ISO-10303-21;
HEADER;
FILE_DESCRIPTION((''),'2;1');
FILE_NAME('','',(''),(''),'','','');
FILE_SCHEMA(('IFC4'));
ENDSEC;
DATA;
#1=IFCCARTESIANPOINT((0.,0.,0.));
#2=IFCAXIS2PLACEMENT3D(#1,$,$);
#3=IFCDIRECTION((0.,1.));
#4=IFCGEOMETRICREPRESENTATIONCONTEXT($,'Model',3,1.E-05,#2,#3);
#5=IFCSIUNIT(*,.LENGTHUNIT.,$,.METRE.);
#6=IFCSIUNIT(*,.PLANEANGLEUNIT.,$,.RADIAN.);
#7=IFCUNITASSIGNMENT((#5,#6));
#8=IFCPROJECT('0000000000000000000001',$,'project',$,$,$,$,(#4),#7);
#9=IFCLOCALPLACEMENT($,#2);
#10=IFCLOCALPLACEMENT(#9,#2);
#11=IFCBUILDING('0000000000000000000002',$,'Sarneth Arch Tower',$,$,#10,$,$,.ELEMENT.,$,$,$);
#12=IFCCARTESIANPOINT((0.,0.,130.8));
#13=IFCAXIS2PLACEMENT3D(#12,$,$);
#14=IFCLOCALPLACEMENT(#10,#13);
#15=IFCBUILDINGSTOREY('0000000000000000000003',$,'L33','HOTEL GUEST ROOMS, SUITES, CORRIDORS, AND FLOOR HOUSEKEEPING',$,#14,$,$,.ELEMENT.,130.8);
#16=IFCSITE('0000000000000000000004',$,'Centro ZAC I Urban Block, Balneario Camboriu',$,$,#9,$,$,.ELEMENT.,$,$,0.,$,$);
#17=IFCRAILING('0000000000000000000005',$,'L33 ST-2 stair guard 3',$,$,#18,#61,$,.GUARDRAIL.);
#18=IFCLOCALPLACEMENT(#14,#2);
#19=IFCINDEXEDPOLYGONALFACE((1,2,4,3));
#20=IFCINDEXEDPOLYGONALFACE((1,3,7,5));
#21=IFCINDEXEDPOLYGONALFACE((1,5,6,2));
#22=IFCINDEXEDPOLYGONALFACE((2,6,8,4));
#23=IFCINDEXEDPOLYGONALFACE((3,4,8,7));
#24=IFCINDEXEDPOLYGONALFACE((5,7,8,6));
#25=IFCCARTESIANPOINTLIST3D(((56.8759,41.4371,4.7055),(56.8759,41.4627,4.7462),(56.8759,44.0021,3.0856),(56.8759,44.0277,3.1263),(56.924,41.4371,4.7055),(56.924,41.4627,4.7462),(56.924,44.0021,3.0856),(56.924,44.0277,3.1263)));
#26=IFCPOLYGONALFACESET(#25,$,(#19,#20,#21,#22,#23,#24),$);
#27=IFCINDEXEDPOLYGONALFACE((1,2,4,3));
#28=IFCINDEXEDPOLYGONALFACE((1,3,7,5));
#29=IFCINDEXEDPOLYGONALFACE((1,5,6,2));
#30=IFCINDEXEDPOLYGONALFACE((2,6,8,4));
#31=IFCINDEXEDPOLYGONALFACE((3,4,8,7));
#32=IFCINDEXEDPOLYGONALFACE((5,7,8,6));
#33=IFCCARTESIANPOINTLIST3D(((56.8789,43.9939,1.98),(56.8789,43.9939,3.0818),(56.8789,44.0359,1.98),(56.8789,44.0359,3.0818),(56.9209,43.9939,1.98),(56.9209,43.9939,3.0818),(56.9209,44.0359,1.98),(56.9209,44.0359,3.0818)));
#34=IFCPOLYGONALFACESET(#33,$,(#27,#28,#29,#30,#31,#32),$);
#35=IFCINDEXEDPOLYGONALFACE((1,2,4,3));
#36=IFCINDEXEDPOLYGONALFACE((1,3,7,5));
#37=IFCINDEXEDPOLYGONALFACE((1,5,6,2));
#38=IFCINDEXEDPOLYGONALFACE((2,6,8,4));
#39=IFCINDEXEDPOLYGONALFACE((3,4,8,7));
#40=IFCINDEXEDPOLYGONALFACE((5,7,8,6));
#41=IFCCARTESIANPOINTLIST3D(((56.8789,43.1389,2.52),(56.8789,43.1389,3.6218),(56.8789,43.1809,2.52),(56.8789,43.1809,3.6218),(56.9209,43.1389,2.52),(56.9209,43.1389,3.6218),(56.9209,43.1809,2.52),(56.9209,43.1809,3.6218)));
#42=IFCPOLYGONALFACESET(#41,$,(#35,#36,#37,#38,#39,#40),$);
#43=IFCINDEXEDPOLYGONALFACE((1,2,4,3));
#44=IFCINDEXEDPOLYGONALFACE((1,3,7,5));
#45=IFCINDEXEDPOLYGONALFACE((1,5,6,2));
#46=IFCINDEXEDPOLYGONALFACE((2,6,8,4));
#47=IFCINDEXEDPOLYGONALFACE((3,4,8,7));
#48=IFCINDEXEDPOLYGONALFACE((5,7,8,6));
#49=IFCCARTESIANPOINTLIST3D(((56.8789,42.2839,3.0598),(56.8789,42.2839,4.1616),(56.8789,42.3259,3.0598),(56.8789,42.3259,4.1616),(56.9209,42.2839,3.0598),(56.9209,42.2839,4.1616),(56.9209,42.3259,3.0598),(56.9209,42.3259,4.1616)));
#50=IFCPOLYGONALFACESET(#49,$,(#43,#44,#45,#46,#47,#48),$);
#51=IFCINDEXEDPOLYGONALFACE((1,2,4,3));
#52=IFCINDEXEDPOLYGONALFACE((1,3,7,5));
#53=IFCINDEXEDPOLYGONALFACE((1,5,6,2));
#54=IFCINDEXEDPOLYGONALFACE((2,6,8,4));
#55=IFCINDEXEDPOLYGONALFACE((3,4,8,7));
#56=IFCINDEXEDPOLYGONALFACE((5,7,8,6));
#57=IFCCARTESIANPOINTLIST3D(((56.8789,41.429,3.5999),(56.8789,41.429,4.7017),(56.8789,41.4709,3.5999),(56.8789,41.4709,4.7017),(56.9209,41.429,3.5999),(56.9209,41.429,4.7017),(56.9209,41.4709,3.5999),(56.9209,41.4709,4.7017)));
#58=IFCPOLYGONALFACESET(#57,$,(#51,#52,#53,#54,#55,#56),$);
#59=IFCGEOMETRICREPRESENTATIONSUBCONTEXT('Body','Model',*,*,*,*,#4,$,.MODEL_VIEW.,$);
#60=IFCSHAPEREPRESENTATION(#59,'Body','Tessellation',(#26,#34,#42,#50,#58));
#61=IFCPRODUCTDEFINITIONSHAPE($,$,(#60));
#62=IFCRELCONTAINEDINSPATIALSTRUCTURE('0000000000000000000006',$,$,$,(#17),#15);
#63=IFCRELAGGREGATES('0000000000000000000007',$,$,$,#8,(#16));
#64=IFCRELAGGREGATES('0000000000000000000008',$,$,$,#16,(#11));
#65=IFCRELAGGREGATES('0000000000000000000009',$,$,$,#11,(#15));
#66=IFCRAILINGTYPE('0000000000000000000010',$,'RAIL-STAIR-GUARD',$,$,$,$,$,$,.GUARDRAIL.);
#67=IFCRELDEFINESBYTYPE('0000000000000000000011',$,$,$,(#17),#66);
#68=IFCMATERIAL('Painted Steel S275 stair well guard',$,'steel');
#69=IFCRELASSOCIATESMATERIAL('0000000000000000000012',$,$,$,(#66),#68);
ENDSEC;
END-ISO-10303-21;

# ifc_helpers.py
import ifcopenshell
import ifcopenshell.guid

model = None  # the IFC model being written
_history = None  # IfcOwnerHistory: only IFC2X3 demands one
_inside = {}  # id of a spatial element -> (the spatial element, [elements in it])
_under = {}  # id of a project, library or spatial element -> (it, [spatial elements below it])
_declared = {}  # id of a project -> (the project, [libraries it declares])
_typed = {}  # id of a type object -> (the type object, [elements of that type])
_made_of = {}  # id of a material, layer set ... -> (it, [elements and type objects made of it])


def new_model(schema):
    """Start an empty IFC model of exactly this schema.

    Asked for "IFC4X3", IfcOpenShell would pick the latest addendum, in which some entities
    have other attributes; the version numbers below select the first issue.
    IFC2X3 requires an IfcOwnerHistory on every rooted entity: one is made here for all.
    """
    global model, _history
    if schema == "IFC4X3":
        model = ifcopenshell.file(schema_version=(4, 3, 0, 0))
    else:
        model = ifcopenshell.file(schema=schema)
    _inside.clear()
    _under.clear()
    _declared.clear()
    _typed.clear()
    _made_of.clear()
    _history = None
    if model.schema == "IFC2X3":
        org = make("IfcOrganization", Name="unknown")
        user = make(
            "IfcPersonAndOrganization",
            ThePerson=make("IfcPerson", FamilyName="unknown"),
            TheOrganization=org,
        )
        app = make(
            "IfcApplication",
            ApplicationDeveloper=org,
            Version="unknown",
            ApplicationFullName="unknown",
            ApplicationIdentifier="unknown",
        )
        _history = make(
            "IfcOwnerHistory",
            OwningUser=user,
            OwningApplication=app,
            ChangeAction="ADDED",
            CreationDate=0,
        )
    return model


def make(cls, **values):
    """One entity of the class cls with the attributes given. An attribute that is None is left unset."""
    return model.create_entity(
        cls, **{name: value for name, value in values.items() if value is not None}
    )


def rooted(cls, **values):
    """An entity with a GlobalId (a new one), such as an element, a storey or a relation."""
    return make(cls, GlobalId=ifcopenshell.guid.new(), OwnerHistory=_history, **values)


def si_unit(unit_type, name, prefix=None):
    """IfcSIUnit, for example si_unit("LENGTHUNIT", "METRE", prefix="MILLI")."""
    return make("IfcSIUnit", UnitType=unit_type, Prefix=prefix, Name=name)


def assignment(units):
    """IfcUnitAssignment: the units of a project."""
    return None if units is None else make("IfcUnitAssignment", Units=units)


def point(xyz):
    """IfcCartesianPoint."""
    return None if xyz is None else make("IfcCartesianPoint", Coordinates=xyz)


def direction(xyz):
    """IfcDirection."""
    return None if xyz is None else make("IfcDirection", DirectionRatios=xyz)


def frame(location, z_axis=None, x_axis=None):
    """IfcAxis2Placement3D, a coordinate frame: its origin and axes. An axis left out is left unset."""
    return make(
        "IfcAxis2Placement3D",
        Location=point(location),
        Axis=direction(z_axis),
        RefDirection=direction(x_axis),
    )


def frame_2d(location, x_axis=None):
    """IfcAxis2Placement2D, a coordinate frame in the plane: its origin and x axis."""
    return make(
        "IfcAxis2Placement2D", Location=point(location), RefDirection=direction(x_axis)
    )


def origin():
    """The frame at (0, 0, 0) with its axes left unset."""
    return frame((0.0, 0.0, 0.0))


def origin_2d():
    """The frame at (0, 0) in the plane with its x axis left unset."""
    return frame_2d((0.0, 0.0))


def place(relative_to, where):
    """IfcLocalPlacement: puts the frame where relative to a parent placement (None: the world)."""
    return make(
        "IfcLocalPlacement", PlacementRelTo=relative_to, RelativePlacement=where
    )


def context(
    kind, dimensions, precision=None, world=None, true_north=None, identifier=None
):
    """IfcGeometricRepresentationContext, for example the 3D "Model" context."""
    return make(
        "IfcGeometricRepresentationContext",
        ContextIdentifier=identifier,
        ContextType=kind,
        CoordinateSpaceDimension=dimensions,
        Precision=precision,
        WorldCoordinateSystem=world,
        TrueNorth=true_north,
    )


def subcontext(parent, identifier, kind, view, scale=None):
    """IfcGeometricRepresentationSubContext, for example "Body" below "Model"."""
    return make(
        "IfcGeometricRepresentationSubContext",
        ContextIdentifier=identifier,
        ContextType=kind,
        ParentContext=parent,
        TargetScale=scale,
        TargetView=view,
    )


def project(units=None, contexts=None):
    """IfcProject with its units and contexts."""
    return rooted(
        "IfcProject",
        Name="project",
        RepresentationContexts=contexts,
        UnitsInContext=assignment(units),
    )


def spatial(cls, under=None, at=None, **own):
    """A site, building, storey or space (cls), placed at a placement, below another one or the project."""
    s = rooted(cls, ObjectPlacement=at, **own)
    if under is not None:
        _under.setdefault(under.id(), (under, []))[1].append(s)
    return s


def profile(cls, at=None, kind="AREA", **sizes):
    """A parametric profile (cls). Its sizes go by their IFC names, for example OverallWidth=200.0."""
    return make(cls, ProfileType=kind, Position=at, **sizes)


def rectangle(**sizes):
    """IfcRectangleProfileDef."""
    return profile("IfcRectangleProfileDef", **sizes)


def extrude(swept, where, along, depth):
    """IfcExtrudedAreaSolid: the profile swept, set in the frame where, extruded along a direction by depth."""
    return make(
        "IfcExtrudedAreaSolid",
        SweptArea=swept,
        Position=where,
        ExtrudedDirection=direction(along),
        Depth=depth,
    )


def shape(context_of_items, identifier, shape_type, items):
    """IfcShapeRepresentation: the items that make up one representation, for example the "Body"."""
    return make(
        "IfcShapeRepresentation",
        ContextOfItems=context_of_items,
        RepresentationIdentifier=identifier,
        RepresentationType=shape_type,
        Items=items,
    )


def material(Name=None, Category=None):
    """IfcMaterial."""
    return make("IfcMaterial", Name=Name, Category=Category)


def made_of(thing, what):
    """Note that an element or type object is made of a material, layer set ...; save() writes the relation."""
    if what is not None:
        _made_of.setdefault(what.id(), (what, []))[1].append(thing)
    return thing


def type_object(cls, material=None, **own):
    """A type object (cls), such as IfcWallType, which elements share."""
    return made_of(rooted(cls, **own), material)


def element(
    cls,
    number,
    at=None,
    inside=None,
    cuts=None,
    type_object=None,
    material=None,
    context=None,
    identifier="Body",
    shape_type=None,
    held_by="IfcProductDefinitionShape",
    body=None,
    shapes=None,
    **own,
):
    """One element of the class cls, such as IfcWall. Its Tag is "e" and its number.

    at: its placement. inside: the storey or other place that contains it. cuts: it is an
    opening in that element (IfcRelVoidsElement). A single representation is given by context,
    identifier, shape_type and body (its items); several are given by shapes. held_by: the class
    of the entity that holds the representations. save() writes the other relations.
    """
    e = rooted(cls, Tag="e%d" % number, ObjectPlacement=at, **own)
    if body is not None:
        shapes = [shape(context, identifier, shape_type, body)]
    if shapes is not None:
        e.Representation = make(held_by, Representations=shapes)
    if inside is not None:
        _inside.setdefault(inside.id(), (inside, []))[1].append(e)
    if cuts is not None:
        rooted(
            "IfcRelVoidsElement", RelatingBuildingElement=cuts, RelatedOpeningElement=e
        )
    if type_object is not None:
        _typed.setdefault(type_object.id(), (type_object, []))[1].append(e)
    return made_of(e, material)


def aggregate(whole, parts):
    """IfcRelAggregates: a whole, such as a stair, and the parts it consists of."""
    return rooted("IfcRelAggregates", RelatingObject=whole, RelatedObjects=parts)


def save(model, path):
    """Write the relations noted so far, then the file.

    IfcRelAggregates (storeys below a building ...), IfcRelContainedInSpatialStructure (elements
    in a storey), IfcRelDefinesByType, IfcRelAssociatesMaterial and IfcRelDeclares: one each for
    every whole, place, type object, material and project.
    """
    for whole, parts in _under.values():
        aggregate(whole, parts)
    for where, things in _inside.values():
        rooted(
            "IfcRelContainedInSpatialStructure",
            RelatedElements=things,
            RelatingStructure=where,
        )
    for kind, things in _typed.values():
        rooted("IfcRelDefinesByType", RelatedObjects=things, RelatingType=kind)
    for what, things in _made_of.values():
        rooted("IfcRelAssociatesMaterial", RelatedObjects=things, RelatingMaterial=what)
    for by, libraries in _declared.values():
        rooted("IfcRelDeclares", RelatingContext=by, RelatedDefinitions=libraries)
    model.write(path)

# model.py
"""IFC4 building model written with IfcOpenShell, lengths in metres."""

from ifc_helpers import new_model, si_unit, direction, frame, origin, origin_2d, place, context, subcontext, project, spatial, rectangle, extrude, material, type_object, element, save


model = new_model("IFC4")

# Units and contexts
model_context = context("Model", 3, precision=1e-05, world=origin(), true_north=direction((0.0, 1.0)))
body_context = subcontext(model_context, "Body", "Model", "MODEL_VIEW")
ifc_project = project(units=[si_unit("LENGTHUNIT", "METRE"), si_unit("PLANEANGLEUNIT", "RADIAN")], contexts=[model_context])

# Site, building, storey
site_placement = place(None, origin())
site = spatial("IfcSite", under=ifc_project, at=site_placement, Name="Centro ZAC I Urban Block, Balneario Camboriu", CompositionType="ELEMENT", RefElevation=0.0)
building_placement = place(site_placement, origin())
building = spatial("IfcBuilding", under=site, at=building_placement, Name="Sarneth Arch Tower", CompositionType="ELEMENT")
storey_placement = place(building_placement, frame((0.0, 0.0, 130.8)))
storey = spatial("IfcBuildingStorey", under=building, at=storey_placement, Name="L33", Description="HOTEL GUEST ROOMS, SUITES, CORRIDORS, AND FLOOR HOUSEKEEPING", CompositionType="ELEMENT", Elevation=130.8)

# Railing
ifc_material_1 = material(Name="Painted Steel S275 stair well guard", Category="steel")
railing_type_1 = type_object("IfcRailingType", Name="RAIL-STAIR-GUARD", PredefinedType="GUARDRAIL", material=ifc_material_1)
railing_1_placement = place(storey_placement, frame((56.8999, 44.0149, 1.98)))
element("IfcRailing", 1, at=railing_1_placement, inside=storey, type_object=railing_type_1, Name="L33 ST-2 stair guard 3", PredefinedType="GUARDRAIL", context=body_context, shape_type="SweptSolid", body=[
    extrude(rectangle(XDim=0.0481, YDim=0.0481, at=origin_2d()), frame((0.0, 0.0, 1.126), z_axis=(0.0, -0.845502, 0.533972), x_axis=(1.0, 0.0, 0.0)), (0.0, 0.0, 1.0), 3.0337),
    extrude(rectangle(XDim=0.042, YDim=0.042, at=origin_2d()), origin(), (0.0, 0.0, 1.0), 1.1018),
    extrude(rectangle(XDim=0.042, YDim=0.042, at=origin_2d()), frame((0.0, -0.855, 0.54)), (0.0, 0.0, 1.0), 1.1018),
    extrude(rectangle(XDim=0.042, YDim=0.042, at=origin_2d()), frame((0.0, -1.71, 1.0798)), (0.0, 0.0, 1.0), 1.1018),
    extrude(rectangle(XDim=0.042, YDim=0.042, at=origin_2d()), frame((0.0, -2.5649, 1.6199)), (0.0, 0.0, 1.0), 1.1018),
])

save(model, "model.ifc")
